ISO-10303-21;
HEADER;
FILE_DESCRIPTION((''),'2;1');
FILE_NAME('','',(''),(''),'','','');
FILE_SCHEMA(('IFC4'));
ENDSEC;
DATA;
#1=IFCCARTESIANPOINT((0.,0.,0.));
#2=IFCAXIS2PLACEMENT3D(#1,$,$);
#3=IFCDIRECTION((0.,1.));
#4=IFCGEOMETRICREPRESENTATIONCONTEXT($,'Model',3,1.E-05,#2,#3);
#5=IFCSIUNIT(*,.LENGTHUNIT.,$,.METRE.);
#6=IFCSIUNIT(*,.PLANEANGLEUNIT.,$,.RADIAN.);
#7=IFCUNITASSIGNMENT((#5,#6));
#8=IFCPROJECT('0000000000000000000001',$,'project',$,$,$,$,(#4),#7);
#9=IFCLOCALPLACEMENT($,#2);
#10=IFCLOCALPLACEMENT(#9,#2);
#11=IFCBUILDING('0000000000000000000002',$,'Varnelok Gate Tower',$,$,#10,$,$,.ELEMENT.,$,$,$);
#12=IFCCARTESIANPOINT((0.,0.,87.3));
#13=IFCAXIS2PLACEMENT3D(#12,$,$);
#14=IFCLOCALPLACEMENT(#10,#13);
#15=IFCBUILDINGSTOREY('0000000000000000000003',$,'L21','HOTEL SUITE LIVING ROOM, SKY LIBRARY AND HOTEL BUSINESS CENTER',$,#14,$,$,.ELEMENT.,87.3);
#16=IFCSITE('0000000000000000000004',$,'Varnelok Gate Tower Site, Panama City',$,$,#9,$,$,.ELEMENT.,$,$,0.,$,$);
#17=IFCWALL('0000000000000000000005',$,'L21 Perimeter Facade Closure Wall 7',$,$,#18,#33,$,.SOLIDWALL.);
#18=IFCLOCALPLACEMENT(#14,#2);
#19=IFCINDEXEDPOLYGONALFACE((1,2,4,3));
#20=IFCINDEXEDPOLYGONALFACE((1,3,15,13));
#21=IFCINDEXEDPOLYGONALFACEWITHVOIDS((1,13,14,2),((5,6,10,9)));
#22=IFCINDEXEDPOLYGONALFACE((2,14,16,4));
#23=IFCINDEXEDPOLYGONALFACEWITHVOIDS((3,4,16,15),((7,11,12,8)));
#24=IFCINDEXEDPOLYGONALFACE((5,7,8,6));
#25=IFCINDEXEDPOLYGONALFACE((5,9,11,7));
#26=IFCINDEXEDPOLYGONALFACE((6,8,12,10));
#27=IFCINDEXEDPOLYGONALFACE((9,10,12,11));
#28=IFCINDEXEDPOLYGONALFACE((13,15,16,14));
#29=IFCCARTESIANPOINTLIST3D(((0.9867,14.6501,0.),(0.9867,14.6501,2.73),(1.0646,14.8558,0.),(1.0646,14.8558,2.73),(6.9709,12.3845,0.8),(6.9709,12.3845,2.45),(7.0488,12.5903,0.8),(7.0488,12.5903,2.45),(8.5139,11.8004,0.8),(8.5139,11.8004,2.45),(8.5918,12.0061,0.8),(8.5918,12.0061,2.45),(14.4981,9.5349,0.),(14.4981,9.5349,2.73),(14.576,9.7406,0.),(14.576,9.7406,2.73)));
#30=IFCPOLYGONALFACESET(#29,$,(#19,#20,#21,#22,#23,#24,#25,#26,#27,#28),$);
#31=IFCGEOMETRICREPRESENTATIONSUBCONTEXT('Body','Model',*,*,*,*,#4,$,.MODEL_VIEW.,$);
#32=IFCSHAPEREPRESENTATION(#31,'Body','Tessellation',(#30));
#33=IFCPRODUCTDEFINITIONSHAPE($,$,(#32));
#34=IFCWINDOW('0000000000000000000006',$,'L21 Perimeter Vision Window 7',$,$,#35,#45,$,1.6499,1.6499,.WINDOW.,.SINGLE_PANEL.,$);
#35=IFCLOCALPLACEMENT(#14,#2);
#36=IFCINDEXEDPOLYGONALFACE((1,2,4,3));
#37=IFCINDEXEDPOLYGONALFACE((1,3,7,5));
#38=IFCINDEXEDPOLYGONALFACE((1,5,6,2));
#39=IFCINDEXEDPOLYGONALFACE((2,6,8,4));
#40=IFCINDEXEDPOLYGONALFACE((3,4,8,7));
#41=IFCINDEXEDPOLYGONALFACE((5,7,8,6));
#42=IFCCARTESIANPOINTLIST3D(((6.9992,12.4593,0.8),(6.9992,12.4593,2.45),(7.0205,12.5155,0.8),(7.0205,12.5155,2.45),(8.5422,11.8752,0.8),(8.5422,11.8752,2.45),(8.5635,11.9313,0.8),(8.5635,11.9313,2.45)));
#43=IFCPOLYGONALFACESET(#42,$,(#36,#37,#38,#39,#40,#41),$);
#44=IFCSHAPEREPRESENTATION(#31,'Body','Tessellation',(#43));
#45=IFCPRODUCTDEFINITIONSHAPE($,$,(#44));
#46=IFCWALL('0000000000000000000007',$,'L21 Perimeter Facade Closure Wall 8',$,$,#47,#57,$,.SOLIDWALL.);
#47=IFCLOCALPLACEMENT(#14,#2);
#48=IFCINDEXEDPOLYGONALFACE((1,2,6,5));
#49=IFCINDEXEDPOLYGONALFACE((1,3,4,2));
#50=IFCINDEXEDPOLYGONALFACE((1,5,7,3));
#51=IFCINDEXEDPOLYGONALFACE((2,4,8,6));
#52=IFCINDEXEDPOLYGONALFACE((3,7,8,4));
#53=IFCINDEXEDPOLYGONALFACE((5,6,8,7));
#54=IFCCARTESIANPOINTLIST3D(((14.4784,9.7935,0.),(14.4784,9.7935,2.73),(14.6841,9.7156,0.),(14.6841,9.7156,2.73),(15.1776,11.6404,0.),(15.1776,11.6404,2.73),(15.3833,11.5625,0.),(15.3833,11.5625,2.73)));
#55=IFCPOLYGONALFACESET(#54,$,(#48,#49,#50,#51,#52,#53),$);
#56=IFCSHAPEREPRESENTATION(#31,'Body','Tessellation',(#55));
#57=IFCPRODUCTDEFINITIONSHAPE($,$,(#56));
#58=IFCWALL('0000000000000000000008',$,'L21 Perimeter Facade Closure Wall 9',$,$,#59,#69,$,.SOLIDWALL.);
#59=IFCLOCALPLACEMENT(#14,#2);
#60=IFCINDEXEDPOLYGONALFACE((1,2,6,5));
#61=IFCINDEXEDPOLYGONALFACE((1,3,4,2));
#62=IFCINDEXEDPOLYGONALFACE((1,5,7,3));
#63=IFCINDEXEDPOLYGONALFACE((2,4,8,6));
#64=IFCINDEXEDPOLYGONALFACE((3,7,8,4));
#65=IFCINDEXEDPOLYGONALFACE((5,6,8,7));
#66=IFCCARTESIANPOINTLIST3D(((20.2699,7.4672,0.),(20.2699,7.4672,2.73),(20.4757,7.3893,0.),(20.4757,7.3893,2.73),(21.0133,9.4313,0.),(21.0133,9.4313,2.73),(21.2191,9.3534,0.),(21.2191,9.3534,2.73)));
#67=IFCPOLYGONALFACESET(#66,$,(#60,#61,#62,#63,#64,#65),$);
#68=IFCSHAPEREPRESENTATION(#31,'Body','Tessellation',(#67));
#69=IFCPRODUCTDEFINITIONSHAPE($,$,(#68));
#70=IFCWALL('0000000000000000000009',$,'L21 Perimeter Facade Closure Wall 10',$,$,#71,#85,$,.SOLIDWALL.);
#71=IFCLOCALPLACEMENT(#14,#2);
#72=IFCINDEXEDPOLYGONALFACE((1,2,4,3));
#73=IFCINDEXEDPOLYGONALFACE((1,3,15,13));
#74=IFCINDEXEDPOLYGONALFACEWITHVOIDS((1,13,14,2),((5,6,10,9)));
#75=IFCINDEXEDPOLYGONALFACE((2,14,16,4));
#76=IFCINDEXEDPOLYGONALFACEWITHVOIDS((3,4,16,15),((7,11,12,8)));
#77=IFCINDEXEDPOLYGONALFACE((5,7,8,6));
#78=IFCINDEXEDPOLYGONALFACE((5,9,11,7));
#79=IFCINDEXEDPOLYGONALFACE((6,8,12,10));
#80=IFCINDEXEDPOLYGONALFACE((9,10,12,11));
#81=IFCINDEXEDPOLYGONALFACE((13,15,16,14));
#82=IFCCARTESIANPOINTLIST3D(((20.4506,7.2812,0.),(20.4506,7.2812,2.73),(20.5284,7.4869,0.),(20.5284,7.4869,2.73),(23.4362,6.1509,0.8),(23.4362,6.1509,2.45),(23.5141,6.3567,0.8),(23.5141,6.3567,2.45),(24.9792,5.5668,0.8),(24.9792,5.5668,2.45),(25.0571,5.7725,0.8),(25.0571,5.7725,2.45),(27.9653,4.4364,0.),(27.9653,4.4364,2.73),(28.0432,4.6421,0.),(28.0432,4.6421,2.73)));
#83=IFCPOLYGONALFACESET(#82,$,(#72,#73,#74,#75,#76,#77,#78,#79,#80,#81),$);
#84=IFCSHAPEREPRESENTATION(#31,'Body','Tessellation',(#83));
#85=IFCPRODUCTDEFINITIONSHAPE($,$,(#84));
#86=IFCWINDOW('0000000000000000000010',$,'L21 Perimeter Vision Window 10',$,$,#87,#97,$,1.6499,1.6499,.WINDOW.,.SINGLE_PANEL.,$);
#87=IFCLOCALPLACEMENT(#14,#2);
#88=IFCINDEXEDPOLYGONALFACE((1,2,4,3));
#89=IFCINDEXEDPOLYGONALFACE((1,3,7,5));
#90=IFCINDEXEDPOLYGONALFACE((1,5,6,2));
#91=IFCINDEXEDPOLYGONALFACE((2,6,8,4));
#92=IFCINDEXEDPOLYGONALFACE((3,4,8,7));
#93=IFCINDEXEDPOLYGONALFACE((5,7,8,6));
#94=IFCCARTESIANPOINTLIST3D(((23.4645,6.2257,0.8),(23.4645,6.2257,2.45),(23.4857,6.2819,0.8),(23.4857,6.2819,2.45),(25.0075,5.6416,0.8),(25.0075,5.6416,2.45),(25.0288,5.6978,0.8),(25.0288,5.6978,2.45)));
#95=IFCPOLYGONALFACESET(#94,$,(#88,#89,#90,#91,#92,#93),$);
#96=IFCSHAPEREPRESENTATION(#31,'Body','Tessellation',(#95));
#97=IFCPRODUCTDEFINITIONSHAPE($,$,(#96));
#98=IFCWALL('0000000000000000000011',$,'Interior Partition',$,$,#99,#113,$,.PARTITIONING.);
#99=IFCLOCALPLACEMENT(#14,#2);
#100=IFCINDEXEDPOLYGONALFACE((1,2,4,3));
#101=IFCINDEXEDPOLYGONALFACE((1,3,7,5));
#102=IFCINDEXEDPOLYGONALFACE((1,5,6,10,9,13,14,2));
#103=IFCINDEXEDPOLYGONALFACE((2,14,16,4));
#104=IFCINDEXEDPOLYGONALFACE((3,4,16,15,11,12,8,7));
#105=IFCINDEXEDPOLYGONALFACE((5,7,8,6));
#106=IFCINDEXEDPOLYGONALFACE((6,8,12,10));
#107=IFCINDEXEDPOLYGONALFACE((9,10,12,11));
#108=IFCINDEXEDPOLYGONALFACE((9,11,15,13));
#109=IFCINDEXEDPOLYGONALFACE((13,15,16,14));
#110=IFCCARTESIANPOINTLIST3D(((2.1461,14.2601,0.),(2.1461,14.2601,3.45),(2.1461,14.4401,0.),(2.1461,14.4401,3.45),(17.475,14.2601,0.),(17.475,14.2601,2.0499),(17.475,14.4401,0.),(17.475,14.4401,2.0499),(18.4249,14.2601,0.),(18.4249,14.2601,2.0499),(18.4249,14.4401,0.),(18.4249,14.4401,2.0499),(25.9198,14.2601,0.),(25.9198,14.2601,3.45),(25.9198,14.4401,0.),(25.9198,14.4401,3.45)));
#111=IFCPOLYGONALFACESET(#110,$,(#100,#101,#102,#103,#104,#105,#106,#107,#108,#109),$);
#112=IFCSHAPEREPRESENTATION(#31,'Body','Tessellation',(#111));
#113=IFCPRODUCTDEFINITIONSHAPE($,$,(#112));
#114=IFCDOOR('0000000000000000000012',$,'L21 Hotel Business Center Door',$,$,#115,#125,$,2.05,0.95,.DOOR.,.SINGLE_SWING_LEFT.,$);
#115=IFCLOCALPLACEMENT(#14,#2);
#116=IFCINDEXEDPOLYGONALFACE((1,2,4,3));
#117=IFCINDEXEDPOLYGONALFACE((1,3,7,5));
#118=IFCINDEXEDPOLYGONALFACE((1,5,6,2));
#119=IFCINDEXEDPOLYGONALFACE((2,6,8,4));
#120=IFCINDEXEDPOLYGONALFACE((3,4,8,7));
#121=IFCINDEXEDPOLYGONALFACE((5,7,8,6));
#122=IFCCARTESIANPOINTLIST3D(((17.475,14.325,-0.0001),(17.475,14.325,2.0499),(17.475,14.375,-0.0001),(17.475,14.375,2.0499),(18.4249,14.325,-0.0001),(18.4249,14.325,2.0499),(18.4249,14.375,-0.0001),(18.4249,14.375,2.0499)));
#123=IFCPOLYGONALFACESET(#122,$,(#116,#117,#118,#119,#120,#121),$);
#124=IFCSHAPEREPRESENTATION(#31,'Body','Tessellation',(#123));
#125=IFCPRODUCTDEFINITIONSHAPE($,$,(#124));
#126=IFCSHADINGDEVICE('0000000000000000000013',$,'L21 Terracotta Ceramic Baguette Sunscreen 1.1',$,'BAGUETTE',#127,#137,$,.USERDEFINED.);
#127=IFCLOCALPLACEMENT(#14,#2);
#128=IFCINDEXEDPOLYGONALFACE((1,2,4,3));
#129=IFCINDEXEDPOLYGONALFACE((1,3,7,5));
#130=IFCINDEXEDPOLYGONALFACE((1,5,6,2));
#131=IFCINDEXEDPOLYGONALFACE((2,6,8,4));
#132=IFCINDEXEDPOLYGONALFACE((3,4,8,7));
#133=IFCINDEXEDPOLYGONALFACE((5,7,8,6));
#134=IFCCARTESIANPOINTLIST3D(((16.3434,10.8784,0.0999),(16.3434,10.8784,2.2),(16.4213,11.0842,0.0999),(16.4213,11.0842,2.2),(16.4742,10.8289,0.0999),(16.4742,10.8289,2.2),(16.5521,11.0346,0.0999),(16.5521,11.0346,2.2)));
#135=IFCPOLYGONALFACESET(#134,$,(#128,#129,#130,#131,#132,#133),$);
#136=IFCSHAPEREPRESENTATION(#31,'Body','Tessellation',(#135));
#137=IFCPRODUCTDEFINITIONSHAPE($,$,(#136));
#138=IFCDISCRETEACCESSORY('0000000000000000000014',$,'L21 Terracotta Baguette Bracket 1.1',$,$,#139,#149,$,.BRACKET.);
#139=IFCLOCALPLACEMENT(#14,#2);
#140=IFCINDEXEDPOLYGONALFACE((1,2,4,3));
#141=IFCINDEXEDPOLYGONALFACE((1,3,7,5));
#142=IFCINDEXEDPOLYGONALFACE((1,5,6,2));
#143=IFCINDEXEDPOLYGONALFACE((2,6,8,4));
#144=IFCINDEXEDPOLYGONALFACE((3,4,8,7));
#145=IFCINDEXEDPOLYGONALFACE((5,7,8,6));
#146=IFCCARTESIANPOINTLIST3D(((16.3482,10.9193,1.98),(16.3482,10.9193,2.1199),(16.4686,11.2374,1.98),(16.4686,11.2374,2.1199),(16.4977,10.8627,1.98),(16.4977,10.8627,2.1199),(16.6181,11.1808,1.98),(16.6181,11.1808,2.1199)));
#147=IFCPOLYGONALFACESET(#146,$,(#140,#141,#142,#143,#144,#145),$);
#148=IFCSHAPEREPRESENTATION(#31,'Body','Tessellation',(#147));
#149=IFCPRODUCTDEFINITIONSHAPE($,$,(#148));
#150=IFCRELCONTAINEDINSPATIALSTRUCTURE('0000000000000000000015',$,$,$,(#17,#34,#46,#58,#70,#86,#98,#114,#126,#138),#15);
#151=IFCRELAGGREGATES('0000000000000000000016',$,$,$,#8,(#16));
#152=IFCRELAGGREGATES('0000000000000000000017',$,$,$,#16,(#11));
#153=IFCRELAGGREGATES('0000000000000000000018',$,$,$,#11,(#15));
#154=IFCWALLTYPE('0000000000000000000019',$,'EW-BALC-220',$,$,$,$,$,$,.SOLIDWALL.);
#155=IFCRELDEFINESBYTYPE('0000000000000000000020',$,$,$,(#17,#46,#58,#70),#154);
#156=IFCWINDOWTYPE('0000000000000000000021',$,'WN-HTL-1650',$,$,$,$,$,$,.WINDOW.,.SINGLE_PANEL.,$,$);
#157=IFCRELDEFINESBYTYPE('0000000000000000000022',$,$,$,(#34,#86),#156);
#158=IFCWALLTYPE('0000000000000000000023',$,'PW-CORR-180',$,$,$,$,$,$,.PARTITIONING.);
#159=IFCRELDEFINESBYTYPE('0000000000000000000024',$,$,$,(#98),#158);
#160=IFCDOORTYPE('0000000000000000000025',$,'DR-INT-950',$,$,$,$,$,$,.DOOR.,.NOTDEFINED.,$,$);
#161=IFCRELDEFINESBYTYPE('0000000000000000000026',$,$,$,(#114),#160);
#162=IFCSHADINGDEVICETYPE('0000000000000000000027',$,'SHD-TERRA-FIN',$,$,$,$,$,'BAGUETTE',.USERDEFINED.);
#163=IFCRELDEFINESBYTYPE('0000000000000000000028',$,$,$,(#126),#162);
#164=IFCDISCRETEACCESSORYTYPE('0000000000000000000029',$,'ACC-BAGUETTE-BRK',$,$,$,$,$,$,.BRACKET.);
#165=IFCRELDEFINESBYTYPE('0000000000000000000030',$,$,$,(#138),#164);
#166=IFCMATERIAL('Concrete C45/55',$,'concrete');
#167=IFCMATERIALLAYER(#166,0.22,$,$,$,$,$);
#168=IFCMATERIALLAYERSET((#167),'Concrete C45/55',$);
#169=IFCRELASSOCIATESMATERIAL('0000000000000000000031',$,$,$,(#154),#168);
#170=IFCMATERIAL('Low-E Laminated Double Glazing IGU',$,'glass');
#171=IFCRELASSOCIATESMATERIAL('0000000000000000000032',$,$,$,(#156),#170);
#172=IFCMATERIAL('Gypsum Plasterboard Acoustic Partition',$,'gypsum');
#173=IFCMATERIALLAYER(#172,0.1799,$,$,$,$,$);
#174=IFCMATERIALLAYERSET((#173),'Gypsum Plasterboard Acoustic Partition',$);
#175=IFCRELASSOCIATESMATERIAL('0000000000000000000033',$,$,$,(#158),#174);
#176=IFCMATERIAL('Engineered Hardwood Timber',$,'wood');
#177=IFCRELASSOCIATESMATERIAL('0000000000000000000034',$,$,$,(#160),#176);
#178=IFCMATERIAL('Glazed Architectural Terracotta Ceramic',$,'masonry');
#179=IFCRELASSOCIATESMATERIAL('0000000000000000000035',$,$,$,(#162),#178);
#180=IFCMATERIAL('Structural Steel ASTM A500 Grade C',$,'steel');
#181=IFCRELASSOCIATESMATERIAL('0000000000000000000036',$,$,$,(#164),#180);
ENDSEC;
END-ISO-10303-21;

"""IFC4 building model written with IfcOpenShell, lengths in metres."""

from ifc_helpers import new_model, si_unit, direction, frame, frame_2d, origin, origin_2d, place, context, subcontext, project, spatial, rectangle, extrude, source, transform, mapped, material, layer, layer_set, type_object, element, fill, save


model = new_model("IFC4")

# Units and contexts
model_context = context("Model", 3, precision=1e-05, world=origin(), true_north=direction((0.0, 1.0)))
body_context = subcontext(model_context, "Body", "Model", "MODEL_VIEW")
ifc_project = project(units=[si_unit("LENGTHUNIT", "METRE"), si_unit("PLANEANGLEUNIT", "RADIAN")], contexts=[model_context])

# Site, building, storey
site_placement = place(None, origin())
site = spatial("IfcSite", under=ifc_project, at=site_placement, Name="Varnelok Gate Tower Site, Panama City", CompositionType="ELEMENT", RefElevation=0.0)
building_placement = place(site_placement, origin())
building = spatial("IfcBuilding", under=site, at=building_placement, Name="Varnelok Gate Tower", CompositionType="ELEMENT")
storey_placement = place(building_placement, frame((0.0, 0.0, 87.3)))
storey = spatial("IfcBuildingStorey", under=building, at=storey_placement, Name="L21", Description="HOTEL SUITE LIVING ROOM, SKY LIBRARY AND HOTEL BUSINESS CENTER", CompositionType="ELEMENT", Elevation=87.3)

# Shared definitions
ifc_material_1 = material(Name="Concrete C45/55", Category="concrete")

# Shared definitions
ifc_layer_1 = layer(ifc_material_1, 0.22)
ifc_layer_set_1 = layer_set([ifc_layer_1], Name="Concrete C45/55")
wall_type_1 = type_object("IfcWallType", Name="EW-BALC-220", PredefinedType="SOLIDWALL", material=ifc_layer_set_1)

# Wall, opening, window
wall_1_placement = place(storey_placement, frame((1.0256, 14.7529, 0.0), z_axis=(0.0, 0.0, 1.0), x_axis=(0.935222, -0.354061, 0.0)))
wall_1 = element("IfcWall", 1, at=wall_1_placement, inside=storey, type_object=wall_type_1, Name="L21 Perimeter Facade Closure Wall 7", PredefinedType="SOLIDWALL", context=body_context, shape_type="SweptSolid", body=[
    extrude(rectangle(XDim=14.4473, YDim=0.22, at=frame_2d((7.2236, 0.0))), origin(), (0.0, 0.0, 1.0), 2.73),
])
opening_1_placement = place(wall_1_placement, frame((6.3987, 0.0, 0.8)))
opening_1 = element("IfcOpeningElement", 2, at=opening_1_placement, cuts=wall_1, PredefinedType="OPENING", context=body_context, shape_type="SweptSolid", body=[
    extrude(rectangle(XDim=1.6499, YDim=1.6499, at=frame_2d((0.825, 0.825))), frame((0.0, 0.1199, 0.0), z_axis=(0.0, -1.0, 0.0), x_axis=(1.0, 0.0, 0.0)), (0.0, 0.0, 1.0), 0.24),
])
ifc_material_2 = material(Name="Low-E Laminated Double Glazing IGU", Category="glass")
window_type = type_object("IfcWindowType", Name="WN-HTL-1650", PartitioningType="SINGLE_PANEL", PredefinedType="WINDOW", material=ifc_material_2)
window_1_placement = place(opening_1_placement, origin())
window_1 = element("IfcWindow", 3, at=window_1_placement, inside=storey, type_object=window_type, Name="L21 Perimeter Vision Window 7", OverallHeight=1.6499, OverallWidth=1.6499, PartitioningType="SINGLE_PANEL", PredefinedType="WINDOW", context=body_context, shape_type="SweptSolid", body=[
    extrude(rectangle(XDim=1.6499, YDim=1.6499, at=frame_2d((0.825, 0.825))), frame((0.0, 0.03, 0.0), z_axis=(0.0, -1.0, 0.0), x_axis=(1.0, 0.0, 0.0)), (0.0, 0.0, 1.0), 0.0601),
])
fill(opening_1, window_1)

# Walls
wall_2_placement = place(storey_placement, frame((14.5813, 9.7546, 0.0), z_axis=(0.0, 0.0, 1.0), x_axis=(0.354062, 0.935222, 0.0)))
element("IfcWall", 4, at=wall_2_placement, inside=storey, type_object=wall_type_1, Name="L21 Perimeter Facade Closure Wall 8", PredefinedType="SOLIDWALL", context=body_context, shape_type="SweptSolid", body=[
    extrude(rectangle(XDim=1.9749, YDim=0.22, at=frame_2d((0.9873, 0.0))), origin(), (0.0, 0.0, 1.0), 2.73),
])
wall_3_placement = place(storey_placement, frame((21.1162, 9.3923, 0.0), z_axis=(0.0, 0.0, 1.0), x_axis=(-0.353988, -0.93525, 0.0)))
element("IfcWall", 5, at=wall_3_placement, inside=storey, type_object=wall_type_1, Name="L21 Perimeter Facade Closure Wall 9", PredefinedType="SOLIDWALL", context=body_context, shape_type="SweptSolid", body=[
    extrude(rectangle(XDim=2.1001, YDim=0.22, at=frame_2d((1.05, 0.0))), origin(), (0.0, 0.0, 1.0), 2.73),
])

# Wall, opening, window
wall_4_placement = place(storey_placement, frame((20.4895, 7.384, 0.0), z_axis=(0.0, 0.0, 1.0), x_axis=(0.935231, -0.354039, 0.0)))
wall_4 = element("IfcWall", 6, at=wall_4_placement, inside=storey, type_object=wall_type_1, Name="L21 Perimeter Facade Closure Wall 10", PredefinedType="SOLIDWALL", context=body_context, shape_type="SweptSolid", body=[
    extrude(rectangle(XDim=8.0352, YDim=0.22, at=frame_2d((4.0176, 0.0))), origin(), (0.0, 0.0, 1.0), 2.73),
])
opening_2_placement = place(wall_4_placement, frame((3.1924, 0.0, 0.8)))
opening_2 = element("IfcOpeningElement", 7, at=opening_2_placement, cuts=wall_4, PredefinedType="OPENING", context=body_context, shape_type="SweptSolid", body=[
    extrude(rectangle(XDim=1.6499, YDim=1.6499, at=frame_2d((0.825, 0.825))), frame((0.0, 0.1199, 0.0), z_axis=(0.0, -1.0, 0.0), x_axis=(1.0, 0.0, 0.0)), (0.0, 0.0, 1.0), 0.24),
])
window_2_placement = place(opening_2_placement, origin())
window_2 = element("IfcWindow", 8, at=window_2_placement, inside=storey, type_object=window_type, Name="L21 Perimeter Vision Window 10", OverallHeight=1.6499, OverallWidth=1.6499, PartitioningType="SINGLE_PANEL", PredefinedType="WINDOW", context=body_context, shape_type="SweptSolid", body=[
    extrude(rectangle(XDim=1.6499, YDim=1.6499, at=frame_2d((0.825, 0.825))), frame((0.0, 0.03, 0.0), z_axis=(0.0, -1.0, 0.0), x_axis=(1.0, 0.0, 0.0)), (0.0, 0.0, 1.0), 0.0601),
])
fill(opening_2, window_2)

# Wall, opening, door
ifc_material_3 = material(Name="Gypsum Plasterboard Acoustic Partition", Category="gypsum")
ifc_layer_2 = layer(ifc_material_3, 0.1799)
ifc_layer_set_2 = layer_set([ifc_layer_2], Name="Gypsum Plasterboard Acoustic Partition")
wall_type_2 = type_object("IfcWallType", Name="PW-CORR-180", PredefinedType="PARTITIONING", material=ifc_layer_set_2)
wall_5_placement = place(storey_placement, frame((2.1462, 14.3501, 0.0), z_axis=(0.0, 0.0, 1.0), x_axis=(1.0, 0.0, 0.0)))
wall_5 = element("IfcWall", 9, at=wall_5_placement, inside=storey, type_object=wall_type_2, Name="Interior Partition", PredefinedType="PARTITIONING", context=body_context, shape_type="SweptSolid", body=[
    extrude(rectangle(XDim=23.7737, YDim=0.1799, at=frame_2d((11.8867, 0.0))), origin(), (0.0, 0.0, 1.0), 3.45),
])
opening_3_placement = place(wall_5_placement, frame((15.3286, 0.0, 0.0)))
opening_3 = element("IfcOpeningElement", 10, at=opening_3_placement, cuts=wall_5, PredefinedType="OPENING", context=body_context, shape_type="SweptSolid", body=[
    extrude(rectangle(XDim=0.95, YDim=2.05, at=frame_2d((0.4751, 1.0249))), frame((0.0, 0.0999, 0.0), z_axis=(0.0, -1.0, 0.0), x_axis=(1.0, 0.0, 0.0)), (0.0, 0.0, 1.0), 0.2),
])
ifc_material_4 = material(Name="Engineered Hardwood Timber", Category="wood")
door_type_1 = type_object("IfcDoorType", Name="DR-INT-950", OperationType="NOTDEFINED", PredefinedType="DOOR", material=ifc_material_4)
door_1_placement = place(opening_3_placement, origin())
door_1 = element("IfcDoor", 11, at=door_1_placement, inside=storey, type_object=door_type_1, Name="L21 Hotel Business Center Door", OperationType="SINGLE_SWING_LEFT", OverallHeight=2.05, OverallWidth=0.95, PredefinedType="DOOR", context=body_context, shape_type="SweptSolid", body=[
    extrude(rectangle(XDim=0.95, YDim=2.05, at=frame_2d((0.4751, 1.0249))), frame((0.0, 0.0249, 0.0), z_axis=(0.0, -1.0, 0.0), x_axis=(1.0, 0.0, 0.0)), (0.0, 0.0, 1.0), 0.05),
])
fill(opening_3, door_1)

# Shading device
ifc_material_5 = material(Name="Glazed Architectural Terracotta Ceramic", Category="masonry")
shading_device_type = type_object("IfcShadingDeviceType", Name="SHD-TERRA-FIN", ElementType="BAGUETTE", PredefinedType="USERDEFINED", material=ifc_material_5)
shared_shape_1 = source(origin(), body_context, "Body", "SweptSolid", [
    extrude(rectangle(XDim=0.1399, YDim=0.22, at=origin_2d()), origin(), (0.0, 0.0, 1.0), 2.1001),
])
shading_device_placement = place(storey_placement, frame((16.4478, 10.9565, 0.0999), z_axis=(0.0, 0.0, 1.0), x_axis=(0.935222, -0.354063, 0.0)))
element("IfcShadingDevice", 12, at=shading_device_placement, inside=storey, type_object=shading_device_type, Name="L21 Terracotta Ceramic Baguette Sunscreen 1.1", ObjectType="BAGUETTE", PredefinedType="USERDEFINED", context=body_context, shape_type="MappedRepresentation", body=[
    mapped(shared_shape_1, transform((0.0, 0.0, 0.0), scale=1.0)),
])

# Discrete accessory
ifc_material_6 = material(Name="Structural Steel ASTM A500 Grade C", Category="steel")
discrete_accessory_type = type_object("IfcDiscreteAccessoryType", Name="ACC-BAGUETTE-BRK", PredefinedType="BRACKET", material=ifc_material_6)
shared_shape_2 = source(origin(), body_context, "Body", "SweptSolid", [
    extrude(rectangle(XDim=0.1599, YDim=0.3401, at=origin_2d()), origin(), (0.0, 0.0, 1.0), 0.1399),
])
discrete_accessory_placement = place(storey_placement, frame((16.4832, 11.05, 1.98), z_axis=(0.0, 0.0, 1.0), x_axis=(0.935222, -0.354063, 0.0)))
element("IfcDiscreteAccessory", 13, at=discrete_accessory_placement, inside=storey, type_object=discrete_accessory_type, Name="L21 Terracotta Baguette Bracket 1.1", PredefinedType="BRACKET", context=body_context, shape_type="MappedRepresentation", body=[
    mapped(shared_shape_2, transform((0.0, 0.0, 0.0), scale=1.0)),
])

save(model, "model.ifc")
